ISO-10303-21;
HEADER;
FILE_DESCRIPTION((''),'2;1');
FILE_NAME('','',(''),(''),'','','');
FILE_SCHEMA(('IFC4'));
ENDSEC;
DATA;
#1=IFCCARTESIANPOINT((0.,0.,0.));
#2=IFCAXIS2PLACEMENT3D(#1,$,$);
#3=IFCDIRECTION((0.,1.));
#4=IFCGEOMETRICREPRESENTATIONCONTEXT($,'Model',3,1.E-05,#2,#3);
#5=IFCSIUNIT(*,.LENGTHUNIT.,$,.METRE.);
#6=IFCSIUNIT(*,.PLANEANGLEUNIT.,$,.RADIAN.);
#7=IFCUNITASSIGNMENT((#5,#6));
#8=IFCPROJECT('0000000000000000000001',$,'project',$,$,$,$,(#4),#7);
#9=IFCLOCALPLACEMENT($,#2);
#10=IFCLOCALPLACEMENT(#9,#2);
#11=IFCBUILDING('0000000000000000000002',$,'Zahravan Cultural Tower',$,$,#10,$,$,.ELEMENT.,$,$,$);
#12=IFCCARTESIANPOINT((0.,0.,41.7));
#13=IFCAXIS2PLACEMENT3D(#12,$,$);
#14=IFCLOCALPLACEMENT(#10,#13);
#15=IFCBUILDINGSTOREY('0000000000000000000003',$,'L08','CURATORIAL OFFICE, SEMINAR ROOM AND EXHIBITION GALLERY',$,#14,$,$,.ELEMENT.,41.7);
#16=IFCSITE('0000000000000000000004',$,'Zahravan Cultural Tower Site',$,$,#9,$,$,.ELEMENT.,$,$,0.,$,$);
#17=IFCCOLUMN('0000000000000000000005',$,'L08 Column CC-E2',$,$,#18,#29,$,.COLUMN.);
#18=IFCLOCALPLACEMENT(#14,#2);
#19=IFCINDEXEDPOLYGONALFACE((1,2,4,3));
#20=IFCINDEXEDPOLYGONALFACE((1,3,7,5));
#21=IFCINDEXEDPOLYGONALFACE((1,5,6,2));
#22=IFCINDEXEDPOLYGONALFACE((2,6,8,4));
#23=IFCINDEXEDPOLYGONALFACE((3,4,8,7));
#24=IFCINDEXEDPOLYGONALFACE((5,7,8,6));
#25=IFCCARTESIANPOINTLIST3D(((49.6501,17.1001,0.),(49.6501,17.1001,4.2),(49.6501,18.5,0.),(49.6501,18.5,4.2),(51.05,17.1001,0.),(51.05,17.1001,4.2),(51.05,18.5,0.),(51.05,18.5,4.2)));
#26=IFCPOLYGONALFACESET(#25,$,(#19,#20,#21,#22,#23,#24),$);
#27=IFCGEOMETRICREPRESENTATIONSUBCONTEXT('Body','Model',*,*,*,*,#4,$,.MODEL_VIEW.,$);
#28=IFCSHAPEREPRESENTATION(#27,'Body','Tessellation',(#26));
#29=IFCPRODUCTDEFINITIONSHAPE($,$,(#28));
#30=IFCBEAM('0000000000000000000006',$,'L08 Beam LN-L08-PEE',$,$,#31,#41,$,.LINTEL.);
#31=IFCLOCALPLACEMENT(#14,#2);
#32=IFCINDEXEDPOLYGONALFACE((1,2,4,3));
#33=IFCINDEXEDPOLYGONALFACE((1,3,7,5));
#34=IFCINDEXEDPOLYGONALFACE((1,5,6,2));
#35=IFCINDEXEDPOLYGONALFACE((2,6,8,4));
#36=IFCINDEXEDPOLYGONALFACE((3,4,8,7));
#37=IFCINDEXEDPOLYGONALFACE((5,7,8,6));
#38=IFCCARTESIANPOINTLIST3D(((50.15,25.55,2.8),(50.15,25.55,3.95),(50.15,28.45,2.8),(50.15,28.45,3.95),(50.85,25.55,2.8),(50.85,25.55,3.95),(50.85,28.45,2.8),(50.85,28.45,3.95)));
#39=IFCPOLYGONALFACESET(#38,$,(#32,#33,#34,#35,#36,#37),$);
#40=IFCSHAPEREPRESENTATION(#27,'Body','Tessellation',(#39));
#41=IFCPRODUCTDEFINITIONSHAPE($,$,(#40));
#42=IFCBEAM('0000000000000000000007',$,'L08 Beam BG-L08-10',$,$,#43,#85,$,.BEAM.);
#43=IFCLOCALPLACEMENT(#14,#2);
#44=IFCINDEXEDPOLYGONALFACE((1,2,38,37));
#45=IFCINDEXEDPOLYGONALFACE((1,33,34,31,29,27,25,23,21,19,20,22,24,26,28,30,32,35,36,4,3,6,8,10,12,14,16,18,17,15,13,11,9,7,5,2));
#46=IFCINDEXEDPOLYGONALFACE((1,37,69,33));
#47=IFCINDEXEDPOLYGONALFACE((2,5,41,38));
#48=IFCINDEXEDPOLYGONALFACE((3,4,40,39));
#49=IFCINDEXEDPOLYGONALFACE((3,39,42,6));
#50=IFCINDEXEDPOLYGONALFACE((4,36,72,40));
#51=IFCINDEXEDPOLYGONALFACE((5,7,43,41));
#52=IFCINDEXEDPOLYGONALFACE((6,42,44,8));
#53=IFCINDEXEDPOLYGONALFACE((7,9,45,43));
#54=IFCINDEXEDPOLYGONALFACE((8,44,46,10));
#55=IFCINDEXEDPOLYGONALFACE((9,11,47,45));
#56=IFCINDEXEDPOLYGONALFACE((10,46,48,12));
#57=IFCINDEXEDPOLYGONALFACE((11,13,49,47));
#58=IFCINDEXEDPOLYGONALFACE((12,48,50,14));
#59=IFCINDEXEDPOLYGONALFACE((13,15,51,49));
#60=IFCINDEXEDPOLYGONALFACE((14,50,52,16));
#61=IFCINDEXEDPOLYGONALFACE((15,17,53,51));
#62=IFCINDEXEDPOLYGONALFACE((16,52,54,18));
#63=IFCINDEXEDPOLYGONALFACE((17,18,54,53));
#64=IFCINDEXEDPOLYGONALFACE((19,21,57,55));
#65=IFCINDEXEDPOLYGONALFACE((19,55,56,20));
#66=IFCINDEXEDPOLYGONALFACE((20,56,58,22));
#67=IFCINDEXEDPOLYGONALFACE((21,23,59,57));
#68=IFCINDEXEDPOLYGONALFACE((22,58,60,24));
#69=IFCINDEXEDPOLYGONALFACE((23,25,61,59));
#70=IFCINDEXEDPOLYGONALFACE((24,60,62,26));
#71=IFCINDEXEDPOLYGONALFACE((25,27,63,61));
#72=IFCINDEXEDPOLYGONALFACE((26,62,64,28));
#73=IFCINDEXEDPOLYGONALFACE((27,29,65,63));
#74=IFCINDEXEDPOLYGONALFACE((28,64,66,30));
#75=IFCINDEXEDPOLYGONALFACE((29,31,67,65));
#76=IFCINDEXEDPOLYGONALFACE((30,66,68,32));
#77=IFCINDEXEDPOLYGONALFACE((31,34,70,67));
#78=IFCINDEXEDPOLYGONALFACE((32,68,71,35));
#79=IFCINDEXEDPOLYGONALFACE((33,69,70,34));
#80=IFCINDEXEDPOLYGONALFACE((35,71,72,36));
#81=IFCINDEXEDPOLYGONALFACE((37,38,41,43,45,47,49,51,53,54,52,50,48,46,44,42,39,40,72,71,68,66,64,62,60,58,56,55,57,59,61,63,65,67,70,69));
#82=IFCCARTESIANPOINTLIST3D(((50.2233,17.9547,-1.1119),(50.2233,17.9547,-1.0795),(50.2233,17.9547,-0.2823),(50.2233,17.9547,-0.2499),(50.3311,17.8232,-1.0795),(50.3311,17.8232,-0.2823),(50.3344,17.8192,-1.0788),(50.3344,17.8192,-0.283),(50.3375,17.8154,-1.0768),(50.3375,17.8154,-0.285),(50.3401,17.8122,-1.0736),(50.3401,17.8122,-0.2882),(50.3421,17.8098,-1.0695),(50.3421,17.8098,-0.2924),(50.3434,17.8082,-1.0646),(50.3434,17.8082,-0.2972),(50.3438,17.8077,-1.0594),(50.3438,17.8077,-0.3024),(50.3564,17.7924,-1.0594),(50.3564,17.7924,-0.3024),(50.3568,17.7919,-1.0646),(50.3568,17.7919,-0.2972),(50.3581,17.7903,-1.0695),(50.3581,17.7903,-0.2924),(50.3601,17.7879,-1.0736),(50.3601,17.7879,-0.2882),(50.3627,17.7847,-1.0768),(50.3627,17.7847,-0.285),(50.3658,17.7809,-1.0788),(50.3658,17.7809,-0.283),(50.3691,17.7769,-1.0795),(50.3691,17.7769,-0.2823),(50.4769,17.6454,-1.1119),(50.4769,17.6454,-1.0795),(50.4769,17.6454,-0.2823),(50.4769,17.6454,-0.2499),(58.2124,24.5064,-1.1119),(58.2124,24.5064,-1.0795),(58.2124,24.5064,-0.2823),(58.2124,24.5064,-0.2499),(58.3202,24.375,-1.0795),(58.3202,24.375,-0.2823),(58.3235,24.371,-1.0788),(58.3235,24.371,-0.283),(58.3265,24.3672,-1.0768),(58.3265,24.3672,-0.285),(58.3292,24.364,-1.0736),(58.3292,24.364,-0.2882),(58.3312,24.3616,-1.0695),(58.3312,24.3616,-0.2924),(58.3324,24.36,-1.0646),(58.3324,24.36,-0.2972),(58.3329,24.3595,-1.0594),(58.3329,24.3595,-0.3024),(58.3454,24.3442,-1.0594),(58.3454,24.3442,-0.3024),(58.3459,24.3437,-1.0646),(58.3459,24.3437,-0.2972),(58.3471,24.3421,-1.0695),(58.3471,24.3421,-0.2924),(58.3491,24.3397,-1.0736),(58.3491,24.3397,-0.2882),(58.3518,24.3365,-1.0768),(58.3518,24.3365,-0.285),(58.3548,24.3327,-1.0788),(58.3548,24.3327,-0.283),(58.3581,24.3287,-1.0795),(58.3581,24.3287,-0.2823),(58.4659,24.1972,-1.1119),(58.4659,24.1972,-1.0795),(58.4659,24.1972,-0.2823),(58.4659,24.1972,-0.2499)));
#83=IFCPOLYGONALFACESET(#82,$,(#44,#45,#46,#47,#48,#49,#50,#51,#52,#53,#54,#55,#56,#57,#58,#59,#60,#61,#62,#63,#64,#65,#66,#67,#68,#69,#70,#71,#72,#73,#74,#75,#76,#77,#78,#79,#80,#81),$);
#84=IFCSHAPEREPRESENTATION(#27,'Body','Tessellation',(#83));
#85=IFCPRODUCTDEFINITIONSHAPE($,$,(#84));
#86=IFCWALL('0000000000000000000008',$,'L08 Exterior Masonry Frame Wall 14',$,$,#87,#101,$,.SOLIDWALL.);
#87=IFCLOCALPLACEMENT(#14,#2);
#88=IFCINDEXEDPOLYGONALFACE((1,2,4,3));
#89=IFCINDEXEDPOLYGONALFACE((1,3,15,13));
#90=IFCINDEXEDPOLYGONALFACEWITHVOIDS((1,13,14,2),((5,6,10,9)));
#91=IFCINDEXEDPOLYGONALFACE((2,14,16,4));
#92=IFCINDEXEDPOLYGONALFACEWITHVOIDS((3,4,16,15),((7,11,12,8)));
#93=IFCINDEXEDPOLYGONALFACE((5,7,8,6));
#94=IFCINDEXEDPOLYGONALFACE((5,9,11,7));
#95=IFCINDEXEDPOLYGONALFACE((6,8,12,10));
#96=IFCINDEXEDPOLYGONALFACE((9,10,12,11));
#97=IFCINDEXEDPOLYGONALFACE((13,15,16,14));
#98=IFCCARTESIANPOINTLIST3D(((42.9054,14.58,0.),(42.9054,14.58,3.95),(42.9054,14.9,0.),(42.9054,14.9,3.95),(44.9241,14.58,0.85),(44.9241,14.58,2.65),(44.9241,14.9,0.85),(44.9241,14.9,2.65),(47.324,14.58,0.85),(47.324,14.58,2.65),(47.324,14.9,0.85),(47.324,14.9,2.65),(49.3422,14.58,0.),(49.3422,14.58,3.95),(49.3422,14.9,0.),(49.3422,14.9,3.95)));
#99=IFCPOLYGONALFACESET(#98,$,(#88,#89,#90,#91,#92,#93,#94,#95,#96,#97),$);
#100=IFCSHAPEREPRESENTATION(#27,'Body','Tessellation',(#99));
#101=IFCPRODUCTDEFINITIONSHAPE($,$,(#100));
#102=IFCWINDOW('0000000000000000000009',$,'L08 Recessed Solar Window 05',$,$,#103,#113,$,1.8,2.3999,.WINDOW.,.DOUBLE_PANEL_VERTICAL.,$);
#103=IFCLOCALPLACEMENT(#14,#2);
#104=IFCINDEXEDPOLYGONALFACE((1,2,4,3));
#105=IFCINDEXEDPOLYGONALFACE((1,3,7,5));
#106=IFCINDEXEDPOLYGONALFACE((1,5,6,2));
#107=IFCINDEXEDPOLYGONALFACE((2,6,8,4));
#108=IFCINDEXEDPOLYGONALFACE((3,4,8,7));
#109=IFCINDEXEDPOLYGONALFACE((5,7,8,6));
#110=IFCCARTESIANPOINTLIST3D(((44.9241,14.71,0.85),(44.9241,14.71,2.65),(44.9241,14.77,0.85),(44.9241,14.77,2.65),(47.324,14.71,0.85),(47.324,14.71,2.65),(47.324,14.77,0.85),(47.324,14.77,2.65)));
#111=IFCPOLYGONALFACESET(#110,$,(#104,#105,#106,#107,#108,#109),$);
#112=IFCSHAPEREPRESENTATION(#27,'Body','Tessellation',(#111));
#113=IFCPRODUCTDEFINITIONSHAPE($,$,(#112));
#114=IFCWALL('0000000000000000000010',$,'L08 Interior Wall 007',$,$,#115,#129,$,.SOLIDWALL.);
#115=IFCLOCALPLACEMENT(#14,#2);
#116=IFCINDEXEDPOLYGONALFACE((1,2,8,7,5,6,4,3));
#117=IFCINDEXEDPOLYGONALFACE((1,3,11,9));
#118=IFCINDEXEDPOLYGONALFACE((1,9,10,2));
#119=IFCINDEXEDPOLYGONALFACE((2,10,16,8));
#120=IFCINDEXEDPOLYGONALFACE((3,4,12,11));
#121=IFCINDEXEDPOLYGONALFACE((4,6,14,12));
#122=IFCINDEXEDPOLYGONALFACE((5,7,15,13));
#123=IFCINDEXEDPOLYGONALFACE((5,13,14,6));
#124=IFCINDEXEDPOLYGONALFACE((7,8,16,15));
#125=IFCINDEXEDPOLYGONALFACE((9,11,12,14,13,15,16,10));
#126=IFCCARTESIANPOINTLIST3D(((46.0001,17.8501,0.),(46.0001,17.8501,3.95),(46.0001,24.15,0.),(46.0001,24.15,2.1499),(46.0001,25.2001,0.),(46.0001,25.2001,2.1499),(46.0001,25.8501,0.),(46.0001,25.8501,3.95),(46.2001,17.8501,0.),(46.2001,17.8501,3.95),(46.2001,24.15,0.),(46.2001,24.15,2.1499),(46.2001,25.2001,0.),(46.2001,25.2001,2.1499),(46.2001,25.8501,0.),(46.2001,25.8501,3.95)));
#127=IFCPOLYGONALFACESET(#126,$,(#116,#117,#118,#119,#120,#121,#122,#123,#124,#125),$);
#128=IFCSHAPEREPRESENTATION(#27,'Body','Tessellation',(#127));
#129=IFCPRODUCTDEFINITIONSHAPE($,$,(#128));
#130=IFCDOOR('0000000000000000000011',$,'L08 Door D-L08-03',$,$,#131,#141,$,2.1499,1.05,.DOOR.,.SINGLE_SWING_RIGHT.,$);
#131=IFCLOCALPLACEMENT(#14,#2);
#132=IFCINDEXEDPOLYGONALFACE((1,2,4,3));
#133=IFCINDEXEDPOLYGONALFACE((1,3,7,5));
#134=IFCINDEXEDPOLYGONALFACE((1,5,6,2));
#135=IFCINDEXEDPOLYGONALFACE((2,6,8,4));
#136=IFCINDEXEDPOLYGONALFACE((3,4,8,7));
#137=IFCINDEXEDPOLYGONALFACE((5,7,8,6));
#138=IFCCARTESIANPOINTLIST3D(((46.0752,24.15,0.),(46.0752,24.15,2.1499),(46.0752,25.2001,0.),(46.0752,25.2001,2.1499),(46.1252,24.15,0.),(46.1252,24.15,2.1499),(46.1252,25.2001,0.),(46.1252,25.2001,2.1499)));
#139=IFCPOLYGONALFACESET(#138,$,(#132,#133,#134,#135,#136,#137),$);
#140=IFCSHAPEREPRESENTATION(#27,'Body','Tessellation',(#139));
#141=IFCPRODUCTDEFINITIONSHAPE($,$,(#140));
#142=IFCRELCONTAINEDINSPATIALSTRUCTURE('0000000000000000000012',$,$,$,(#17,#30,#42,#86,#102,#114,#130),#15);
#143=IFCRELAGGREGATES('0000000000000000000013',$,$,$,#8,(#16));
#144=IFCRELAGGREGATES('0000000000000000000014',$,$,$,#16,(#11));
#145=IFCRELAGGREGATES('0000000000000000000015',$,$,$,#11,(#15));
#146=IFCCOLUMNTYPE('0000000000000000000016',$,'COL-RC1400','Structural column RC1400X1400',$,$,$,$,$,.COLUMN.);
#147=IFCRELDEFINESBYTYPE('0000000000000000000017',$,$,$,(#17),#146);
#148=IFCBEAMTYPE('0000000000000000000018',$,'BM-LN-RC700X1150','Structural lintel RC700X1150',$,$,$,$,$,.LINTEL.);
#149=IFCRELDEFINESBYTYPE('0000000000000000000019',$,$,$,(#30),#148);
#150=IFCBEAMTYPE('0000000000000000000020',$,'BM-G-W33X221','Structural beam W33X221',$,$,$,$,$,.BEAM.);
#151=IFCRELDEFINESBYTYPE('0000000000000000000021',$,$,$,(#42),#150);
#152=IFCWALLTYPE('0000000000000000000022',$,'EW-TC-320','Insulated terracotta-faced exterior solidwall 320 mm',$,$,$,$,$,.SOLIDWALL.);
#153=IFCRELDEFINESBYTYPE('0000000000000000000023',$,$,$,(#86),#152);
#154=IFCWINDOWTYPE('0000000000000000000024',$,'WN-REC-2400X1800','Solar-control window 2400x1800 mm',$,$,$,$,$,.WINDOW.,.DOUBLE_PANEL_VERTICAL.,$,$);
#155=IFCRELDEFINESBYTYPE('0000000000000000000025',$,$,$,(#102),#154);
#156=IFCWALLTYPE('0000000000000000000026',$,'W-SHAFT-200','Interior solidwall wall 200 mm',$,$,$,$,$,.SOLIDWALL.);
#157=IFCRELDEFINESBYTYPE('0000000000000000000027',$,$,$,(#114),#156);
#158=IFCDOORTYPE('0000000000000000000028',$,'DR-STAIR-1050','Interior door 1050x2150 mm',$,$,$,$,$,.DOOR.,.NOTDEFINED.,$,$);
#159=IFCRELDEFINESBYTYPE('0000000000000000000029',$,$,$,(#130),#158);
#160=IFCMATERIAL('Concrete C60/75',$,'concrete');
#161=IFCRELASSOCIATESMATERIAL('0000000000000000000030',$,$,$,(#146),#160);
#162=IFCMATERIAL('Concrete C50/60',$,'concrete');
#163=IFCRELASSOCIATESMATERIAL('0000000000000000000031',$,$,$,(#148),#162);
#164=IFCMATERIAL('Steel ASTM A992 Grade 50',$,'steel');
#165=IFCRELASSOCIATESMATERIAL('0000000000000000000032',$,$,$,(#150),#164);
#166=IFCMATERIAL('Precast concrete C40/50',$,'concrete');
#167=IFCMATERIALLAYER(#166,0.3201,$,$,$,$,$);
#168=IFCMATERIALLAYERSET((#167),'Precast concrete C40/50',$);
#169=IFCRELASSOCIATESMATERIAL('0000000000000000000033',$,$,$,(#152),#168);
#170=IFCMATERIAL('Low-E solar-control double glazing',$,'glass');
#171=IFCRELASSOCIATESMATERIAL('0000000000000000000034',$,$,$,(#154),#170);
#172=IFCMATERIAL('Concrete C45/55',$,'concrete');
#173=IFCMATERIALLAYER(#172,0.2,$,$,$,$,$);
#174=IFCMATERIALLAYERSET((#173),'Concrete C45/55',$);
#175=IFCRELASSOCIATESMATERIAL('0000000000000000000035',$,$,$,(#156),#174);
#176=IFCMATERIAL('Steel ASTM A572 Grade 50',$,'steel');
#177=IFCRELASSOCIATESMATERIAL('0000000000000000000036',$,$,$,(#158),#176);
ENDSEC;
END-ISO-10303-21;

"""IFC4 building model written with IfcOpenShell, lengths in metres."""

from ifc_helpers import new_model, si_unit, direction, frame, frame_2d, origin, origin_2d, place, context, subcontext, project, spatial, rectangle, i_section, extrude, source, transform, mapped, material, layer, layer_set, material_profile, profile_set, type_object, element, fill, save


model = new_model("IFC4")

# Units and contexts
model_context = context("Model", 3, precision=1e-05, world=origin(), true_north=direction((0.0, 1.0)))
body_context = subcontext(model_context, "Body", "Model", "MODEL_VIEW")
ifc_project = project(units=[si_unit("LENGTHUNIT", "METRE"), si_unit("PLANEANGLEUNIT", "RADIAN")], contexts=[model_context])

# Site, building, storey
site_placement = place(None, origin())
site = spatial("IfcSite", under=ifc_project, at=site_placement, Name="Zahravan Cultural Tower Site", CompositionType="ELEMENT", RefElevation=0.0)
building_placement = place(site_placement, origin())
building = spatial("IfcBuilding", under=site, at=building_placement, Name="Zahravan Cultural Tower", CompositionType="ELEMENT")
storey_placement = place(building_placement, frame((0.0, 0.0, 41.7)))
storey = spatial("IfcBuildingStorey", under=building, at=storey_placement, Name="L08", Description="CURATORIAL OFFICE, SEMINAR ROOM AND EXHIBITION GALLERY", CompositionType="ELEMENT", Elevation=41.7)

# Column
ifc_material_1 = material(Name="Concrete C60/75", Category="concrete")
ifc_material_profile_1 = material_profile(ifc_material_1, rectangle(XDim=1.3999, YDim=1.3999, at=origin_2d()), Name="RC1400X1400")
ifc_profile_set_1 = profile_set([ifc_material_profile_1], Name="Concrete C60/75")
column_type = type_object("IfcColumnType", Name="COL-RC1400", Description="Structural column RC1400X1400", PredefinedType="COLUMN", material=ifc_profile_set_1)
shared_shape_1 = source(origin(), body_context, "Body", "SweptSolid", [
    extrude(rectangle(XDim=1.3999, YDim=1.3999, at=origin_2d()), origin(), (0.0, 0.0, 1.0), 4.2),
])
column_placement = place(storey_placement, frame((50.3501, 17.8, 0.0), z_axis=(0.0, 0.0, 1.0), x_axis=(1.0, 0.0, 0.0)))
element("IfcColumn", 1, at=column_placement, inside=storey, type_object=column_type, Name="L08 Column CC-E2", PredefinedType="COLUMN", context=body_context, shape_type="MappedRepresentation", body=[
    mapped(shared_shape_1, transform((0.0, 0.0, 0.0), x_axis=(1.0, 0.0, 0.0), y_axis=(0.0, 1.0, 0.0), z_axis=(0.0, 0.0, 1.0), scale=1.0)),
])

# Beams
ifc_material_2 = material(Name="Concrete C50/60", Category="concrete")
ifc_material_profile_2 = material_profile(ifc_material_2, rectangle(XDim=0.7, YDim=1.1499, at=origin_2d()), Name="RC700X1150")
ifc_profile_set_2 = profile_set([ifc_material_profile_2], Name="Concrete C50/60")
beam_type_1 = type_object("IfcBeamType", Name="BM-LN-RC700X1150", Description="Structural lintel RC700X1150", PredefinedType="LINTEL", material=ifc_profile_set_2)
shared_shape_2 = source(origin(), body_context, "Body", "SweptSolid", [
    extrude(rectangle(XDim=0.7, YDim=1.1499, at=origin_2d()), origin(), (0.0, 0.0, 1.0), 2.8999),
])
beam_1_placement = place(storey_placement, frame((50.5, 25.55, 3.375), z_axis=(0.0, 1.0, 0.0), x_axis=(-1.0, 0.0, 0.0)))
element("IfcBeam", 2, at=beam_1_placement, inside=storey, type_object=beam_type_1, Name="L08 Beam LN-L08-PEE", PredefinedType="LINTEL", context=body_context, shape_type="MappedRepresentation", body=[
    mapped(shared_shape_2, transform((0.0, 0.0, 0.0), x_axis=(1.0, 0.0, 0.0), y_axis=(0.0, 1.0, 0.0), z_axis=(0.0, 0.0, 1.0), scale=1.0)),
])
ifc_material_3 = material(Name="Steel ASTM A992 Grade 50", Category="steel")
ifc_material_profile_3 = material_profile(ifc_material_3, i_section(OverallWidth=0.3999, OverallDepth=0.8621, WebThickness=0.0198, FlangeThickness=0.0325, FilletRadius=0.02, at=origin_2d()), Name="W33X221")
ifc_profile_set_3 = profile_set([ifc_material_profile_3], Name="Steel ASTM A992 Grade 50")
beam_type_2 = type_object("IfcBeamType", Name="BM-G-W33X221", Description="Structural beam W33X221", PredefinedType="BEAM", material=ifc_profile_set_3)
shared_shape_3 = source(origin(), body_context, "Body", "SweptSolid", [
    extrude(i_section(OverallWidth=0.3999, OverallDepth=0.8621, WebThickness=0.0198, FlangeThickness=0.0325, FilletRadius=0.02, at=origin_2d()), origin(), (0.0, 0.0, 1.0), 10.332),
])
beam_2_placement = place(storey_placement, frame((50.3501, 17.8, -0.6809), z_axis=(0.773231, 0.634124, 0.0), x_axis=(-0.634124, 0.773231, 0.0)))
element("IfcBeam", 3, at=beam_2_placement, inside=storey, type_object=beam_type_2, Name="L08 Beam BG-L08-10", PredefinedType="BEAM", context=body_context, shape_type="MappedRepresentation", body=[
    mapped(shared_shape_3, transform((0.0, 0.0, 0.0), x_axis=(1.0, 0.0, 0.0), y_axis=(0.0, 1.0, 0.0), z_axis=(0.0, 0.0, 1.0), scale=1.0)),
])

# Wall, opening, window
ifc_material_4 = material(Name="Precast concrete C40/50", Category="concrete")
ifc_layer_1 = layer(ifc_material_4, 0.3201)
ifc_layer_set_1 = layer_set([ifc_layer_1], Name="Precast concrete C40/50")
wall_type_1 = type_object("IfcWallType", Name="EW-TC-320", Description="Insulated terracotta-faced exterior solidwall 320 mm", PredefinedType="SOLIDWALL", material=ifc_layer_set_1)
wall_1_placement = place(storey_placement, frame((49.342, 14.74, 0.0), z_axis=(0.0, 0.0, 1.0), x_axis=(-1.0, 0.0, 0.0)))
wall_1 = element("IfcWall", 4, at=wall_1_placement, inside=storey, type_object=wall_type_1, Name="L08 Exterior Masonry Frame Wall 14", PredefinedType="SOLIDWALL", context=body_context, shape_type="SweptSolid", body=[
    extrude(rectangle(XDim=6.4368, YDim=0.3201, at=frame_2d((3.2183, 0.0))), origin(), (0.0, 0.0, 1.0), 3.95),
])
opening_1_placement = place(wall_1_placement, frame((2.0181, 0.0, 0.8501)))
opening_1 = element("IfcOpeningElement", 5, at=opening_1_placement, cuts=wall_1, PredefinedType="OPENING", context=body_context, shape_type="SweptSolid", body=[
    extrude(rectangle(XDim=2.3999, YDim=1.8, at=frame_2d((1.2, 0.8999))), frame((0.0, 0.1699, 0.0), z_axis=(0.0, -1.0, 0.0), x_axis=(1.0, 0.0, 0.0)), (0.0, 0.0, 1.0), 0.3401),
])
ifc_material_5 = material(Name="Low-E solar-control double glazing", Category="glass")
window_type = type_object("IfcWindowType", Name="WN-REC-2400X1800", Description="Solar-control window 2400x1800 mm", PartitioningType="DOUBLE_PANEL_VERTICAL", PredefinedType="WINDOW", material=ifc_material_5)
shared_shape_4 = source(origin(), body_context, "Body", "SweptSolid", [
    extrude(rectangle(XDim=2.3999, YDim=1.8, at=frame_2d((1.2, 0.8999))), frame((0.0, 0.03, 0.0), z_axis=(0.0, -1.0, 0.0), x_axis=(1.0, 0.0, 0.0)), (0.0, 0.0, 1.0), 0.0601),
])
window_placement = place(opening_1_placement, origin())
window = element("IfcWindow", 6, at=window_placement, inside=storey, type_object=window_type, Name="L08 Recessed Solar Window 05", OverallHeight=1.8, OverallWidth=2.3999, PartitioningType="DOUBLE_PANEL_VERTICAL", PredefinedType="WINDOW", context=body_context, shape_type="MappedRepresentation", body=[
    mapped(shared_shape_4, transform((0.0, 0.0, 0.0), x_axis=(1.0, 0.0, 0.0), y_axis=(0.0, 1.0, 0.0), z_axis=(0.0, 0.0, 1.0), scale=1.0)),
])
fill(opening_1, window)

# Wall, opening, door
ifc_material_6 = material(Name="Concrete C45/55", Category="concrete")
ifc_layer_2 = layer(ifc_material_6, 0.2)
ifc_layer_set_2 = layer_set([ifc_layer_2], Name="Concrete C45/55")
wall_type_2 = type_object("IfcWallType", Name="W-SHAFT-200", Description="Interior solidwall wall 200 mm", PredefinedType="SOLIDWALL", material=ifc_layer_set_2)
wall_2_placement = place(storey_placement, frame((46.1001, 17.8501, 0.0), z_axis=(0.0, 0.0, 1.0), x_axis=(0.0, 1.0, 0.0)))
wall_2 = element("IfcWall", 7, at=wall_2_placement, inside=storey, type_object=wall_type_2, Name="L08 Interior Wall 007", PredefinedType="SOLIDWALL", context=body_context, shape_type="SweptSolid", body=[
    extrude(rectangle(XDim=8.0, YDim=0.2, at=frame_2d((4.0, 0.0))), origin(), (0.0, 0.0, 1.0), 3.95),
])
opening_2_placement = place(wall_2_placement, frame((6.3, 0.0, 0.0)))
opening_2 = element("IfcOpeningElement", 8, at=opening_2_placement, cuts=wall_2, PredefinedType="OPENING", context=body_context, shape_type="SweptSolid", body=[
    extrude(rectangle(XDim=1.05, YDim=2.1499, at=frame_2d((0.5249, 1.075))), frame((0.0, 0.1099, 0.0), z_axis=(0.0, -1.0, 0.0), x_axis=(1.0, 0.0, 0.0)), (0.0, 0.0, 1.0), 0.22),
])
ifc_material_7 = material(Name="Steel ASTM A572 Grade 50", Category="steel")
door_type = type_object("IfcDoorType", Name="DR-STAIR-1050", Description="Interior door 1050x2150 mm", OperationType="NOTDEFINED", PredefinedType="DOOR", material=ifc_material_7)
shared_shape_5 = source(origin(), body_context, "Body", "SweptSolid", [
    extrude(rectangle(XDim=1.05, YDim=2.1499, at=frame_2d((0.5249, 1.075))), frame((0.0, 0.0249, 0.0), z_axis=(0.0, -1.0, 0.0), x_axis=(1.0, 0.0, 0.0)), (0.0, 0.0, 1.0), 0.05),
])
door_1_placement = place(opening_2_placement, origin())
door_1 = element("IfcDoor", 9, at=door_1_placement, inside=storey, type_object=door_type, Name="L08 Door D-L08-03", OperationType="SINGLE_SWING_RIGHT", OverallHeight=2.1499, OverallWidth=1.05, PredefinedType="DOOR", context=body_context, shape_type="MappedRepresentation", body=[
    mapped(shared_shape_5, transform((0.0, 0.0, 0.0), x_axis=(1.0, 0.0, 0.0), y_axis=(0.0, 1.0, 0.0), z_axis=(0.0, 0.0, 1.0), scale=1.0)),
])
fill(opening_2, door_1)

save(model, "model.ifc")
